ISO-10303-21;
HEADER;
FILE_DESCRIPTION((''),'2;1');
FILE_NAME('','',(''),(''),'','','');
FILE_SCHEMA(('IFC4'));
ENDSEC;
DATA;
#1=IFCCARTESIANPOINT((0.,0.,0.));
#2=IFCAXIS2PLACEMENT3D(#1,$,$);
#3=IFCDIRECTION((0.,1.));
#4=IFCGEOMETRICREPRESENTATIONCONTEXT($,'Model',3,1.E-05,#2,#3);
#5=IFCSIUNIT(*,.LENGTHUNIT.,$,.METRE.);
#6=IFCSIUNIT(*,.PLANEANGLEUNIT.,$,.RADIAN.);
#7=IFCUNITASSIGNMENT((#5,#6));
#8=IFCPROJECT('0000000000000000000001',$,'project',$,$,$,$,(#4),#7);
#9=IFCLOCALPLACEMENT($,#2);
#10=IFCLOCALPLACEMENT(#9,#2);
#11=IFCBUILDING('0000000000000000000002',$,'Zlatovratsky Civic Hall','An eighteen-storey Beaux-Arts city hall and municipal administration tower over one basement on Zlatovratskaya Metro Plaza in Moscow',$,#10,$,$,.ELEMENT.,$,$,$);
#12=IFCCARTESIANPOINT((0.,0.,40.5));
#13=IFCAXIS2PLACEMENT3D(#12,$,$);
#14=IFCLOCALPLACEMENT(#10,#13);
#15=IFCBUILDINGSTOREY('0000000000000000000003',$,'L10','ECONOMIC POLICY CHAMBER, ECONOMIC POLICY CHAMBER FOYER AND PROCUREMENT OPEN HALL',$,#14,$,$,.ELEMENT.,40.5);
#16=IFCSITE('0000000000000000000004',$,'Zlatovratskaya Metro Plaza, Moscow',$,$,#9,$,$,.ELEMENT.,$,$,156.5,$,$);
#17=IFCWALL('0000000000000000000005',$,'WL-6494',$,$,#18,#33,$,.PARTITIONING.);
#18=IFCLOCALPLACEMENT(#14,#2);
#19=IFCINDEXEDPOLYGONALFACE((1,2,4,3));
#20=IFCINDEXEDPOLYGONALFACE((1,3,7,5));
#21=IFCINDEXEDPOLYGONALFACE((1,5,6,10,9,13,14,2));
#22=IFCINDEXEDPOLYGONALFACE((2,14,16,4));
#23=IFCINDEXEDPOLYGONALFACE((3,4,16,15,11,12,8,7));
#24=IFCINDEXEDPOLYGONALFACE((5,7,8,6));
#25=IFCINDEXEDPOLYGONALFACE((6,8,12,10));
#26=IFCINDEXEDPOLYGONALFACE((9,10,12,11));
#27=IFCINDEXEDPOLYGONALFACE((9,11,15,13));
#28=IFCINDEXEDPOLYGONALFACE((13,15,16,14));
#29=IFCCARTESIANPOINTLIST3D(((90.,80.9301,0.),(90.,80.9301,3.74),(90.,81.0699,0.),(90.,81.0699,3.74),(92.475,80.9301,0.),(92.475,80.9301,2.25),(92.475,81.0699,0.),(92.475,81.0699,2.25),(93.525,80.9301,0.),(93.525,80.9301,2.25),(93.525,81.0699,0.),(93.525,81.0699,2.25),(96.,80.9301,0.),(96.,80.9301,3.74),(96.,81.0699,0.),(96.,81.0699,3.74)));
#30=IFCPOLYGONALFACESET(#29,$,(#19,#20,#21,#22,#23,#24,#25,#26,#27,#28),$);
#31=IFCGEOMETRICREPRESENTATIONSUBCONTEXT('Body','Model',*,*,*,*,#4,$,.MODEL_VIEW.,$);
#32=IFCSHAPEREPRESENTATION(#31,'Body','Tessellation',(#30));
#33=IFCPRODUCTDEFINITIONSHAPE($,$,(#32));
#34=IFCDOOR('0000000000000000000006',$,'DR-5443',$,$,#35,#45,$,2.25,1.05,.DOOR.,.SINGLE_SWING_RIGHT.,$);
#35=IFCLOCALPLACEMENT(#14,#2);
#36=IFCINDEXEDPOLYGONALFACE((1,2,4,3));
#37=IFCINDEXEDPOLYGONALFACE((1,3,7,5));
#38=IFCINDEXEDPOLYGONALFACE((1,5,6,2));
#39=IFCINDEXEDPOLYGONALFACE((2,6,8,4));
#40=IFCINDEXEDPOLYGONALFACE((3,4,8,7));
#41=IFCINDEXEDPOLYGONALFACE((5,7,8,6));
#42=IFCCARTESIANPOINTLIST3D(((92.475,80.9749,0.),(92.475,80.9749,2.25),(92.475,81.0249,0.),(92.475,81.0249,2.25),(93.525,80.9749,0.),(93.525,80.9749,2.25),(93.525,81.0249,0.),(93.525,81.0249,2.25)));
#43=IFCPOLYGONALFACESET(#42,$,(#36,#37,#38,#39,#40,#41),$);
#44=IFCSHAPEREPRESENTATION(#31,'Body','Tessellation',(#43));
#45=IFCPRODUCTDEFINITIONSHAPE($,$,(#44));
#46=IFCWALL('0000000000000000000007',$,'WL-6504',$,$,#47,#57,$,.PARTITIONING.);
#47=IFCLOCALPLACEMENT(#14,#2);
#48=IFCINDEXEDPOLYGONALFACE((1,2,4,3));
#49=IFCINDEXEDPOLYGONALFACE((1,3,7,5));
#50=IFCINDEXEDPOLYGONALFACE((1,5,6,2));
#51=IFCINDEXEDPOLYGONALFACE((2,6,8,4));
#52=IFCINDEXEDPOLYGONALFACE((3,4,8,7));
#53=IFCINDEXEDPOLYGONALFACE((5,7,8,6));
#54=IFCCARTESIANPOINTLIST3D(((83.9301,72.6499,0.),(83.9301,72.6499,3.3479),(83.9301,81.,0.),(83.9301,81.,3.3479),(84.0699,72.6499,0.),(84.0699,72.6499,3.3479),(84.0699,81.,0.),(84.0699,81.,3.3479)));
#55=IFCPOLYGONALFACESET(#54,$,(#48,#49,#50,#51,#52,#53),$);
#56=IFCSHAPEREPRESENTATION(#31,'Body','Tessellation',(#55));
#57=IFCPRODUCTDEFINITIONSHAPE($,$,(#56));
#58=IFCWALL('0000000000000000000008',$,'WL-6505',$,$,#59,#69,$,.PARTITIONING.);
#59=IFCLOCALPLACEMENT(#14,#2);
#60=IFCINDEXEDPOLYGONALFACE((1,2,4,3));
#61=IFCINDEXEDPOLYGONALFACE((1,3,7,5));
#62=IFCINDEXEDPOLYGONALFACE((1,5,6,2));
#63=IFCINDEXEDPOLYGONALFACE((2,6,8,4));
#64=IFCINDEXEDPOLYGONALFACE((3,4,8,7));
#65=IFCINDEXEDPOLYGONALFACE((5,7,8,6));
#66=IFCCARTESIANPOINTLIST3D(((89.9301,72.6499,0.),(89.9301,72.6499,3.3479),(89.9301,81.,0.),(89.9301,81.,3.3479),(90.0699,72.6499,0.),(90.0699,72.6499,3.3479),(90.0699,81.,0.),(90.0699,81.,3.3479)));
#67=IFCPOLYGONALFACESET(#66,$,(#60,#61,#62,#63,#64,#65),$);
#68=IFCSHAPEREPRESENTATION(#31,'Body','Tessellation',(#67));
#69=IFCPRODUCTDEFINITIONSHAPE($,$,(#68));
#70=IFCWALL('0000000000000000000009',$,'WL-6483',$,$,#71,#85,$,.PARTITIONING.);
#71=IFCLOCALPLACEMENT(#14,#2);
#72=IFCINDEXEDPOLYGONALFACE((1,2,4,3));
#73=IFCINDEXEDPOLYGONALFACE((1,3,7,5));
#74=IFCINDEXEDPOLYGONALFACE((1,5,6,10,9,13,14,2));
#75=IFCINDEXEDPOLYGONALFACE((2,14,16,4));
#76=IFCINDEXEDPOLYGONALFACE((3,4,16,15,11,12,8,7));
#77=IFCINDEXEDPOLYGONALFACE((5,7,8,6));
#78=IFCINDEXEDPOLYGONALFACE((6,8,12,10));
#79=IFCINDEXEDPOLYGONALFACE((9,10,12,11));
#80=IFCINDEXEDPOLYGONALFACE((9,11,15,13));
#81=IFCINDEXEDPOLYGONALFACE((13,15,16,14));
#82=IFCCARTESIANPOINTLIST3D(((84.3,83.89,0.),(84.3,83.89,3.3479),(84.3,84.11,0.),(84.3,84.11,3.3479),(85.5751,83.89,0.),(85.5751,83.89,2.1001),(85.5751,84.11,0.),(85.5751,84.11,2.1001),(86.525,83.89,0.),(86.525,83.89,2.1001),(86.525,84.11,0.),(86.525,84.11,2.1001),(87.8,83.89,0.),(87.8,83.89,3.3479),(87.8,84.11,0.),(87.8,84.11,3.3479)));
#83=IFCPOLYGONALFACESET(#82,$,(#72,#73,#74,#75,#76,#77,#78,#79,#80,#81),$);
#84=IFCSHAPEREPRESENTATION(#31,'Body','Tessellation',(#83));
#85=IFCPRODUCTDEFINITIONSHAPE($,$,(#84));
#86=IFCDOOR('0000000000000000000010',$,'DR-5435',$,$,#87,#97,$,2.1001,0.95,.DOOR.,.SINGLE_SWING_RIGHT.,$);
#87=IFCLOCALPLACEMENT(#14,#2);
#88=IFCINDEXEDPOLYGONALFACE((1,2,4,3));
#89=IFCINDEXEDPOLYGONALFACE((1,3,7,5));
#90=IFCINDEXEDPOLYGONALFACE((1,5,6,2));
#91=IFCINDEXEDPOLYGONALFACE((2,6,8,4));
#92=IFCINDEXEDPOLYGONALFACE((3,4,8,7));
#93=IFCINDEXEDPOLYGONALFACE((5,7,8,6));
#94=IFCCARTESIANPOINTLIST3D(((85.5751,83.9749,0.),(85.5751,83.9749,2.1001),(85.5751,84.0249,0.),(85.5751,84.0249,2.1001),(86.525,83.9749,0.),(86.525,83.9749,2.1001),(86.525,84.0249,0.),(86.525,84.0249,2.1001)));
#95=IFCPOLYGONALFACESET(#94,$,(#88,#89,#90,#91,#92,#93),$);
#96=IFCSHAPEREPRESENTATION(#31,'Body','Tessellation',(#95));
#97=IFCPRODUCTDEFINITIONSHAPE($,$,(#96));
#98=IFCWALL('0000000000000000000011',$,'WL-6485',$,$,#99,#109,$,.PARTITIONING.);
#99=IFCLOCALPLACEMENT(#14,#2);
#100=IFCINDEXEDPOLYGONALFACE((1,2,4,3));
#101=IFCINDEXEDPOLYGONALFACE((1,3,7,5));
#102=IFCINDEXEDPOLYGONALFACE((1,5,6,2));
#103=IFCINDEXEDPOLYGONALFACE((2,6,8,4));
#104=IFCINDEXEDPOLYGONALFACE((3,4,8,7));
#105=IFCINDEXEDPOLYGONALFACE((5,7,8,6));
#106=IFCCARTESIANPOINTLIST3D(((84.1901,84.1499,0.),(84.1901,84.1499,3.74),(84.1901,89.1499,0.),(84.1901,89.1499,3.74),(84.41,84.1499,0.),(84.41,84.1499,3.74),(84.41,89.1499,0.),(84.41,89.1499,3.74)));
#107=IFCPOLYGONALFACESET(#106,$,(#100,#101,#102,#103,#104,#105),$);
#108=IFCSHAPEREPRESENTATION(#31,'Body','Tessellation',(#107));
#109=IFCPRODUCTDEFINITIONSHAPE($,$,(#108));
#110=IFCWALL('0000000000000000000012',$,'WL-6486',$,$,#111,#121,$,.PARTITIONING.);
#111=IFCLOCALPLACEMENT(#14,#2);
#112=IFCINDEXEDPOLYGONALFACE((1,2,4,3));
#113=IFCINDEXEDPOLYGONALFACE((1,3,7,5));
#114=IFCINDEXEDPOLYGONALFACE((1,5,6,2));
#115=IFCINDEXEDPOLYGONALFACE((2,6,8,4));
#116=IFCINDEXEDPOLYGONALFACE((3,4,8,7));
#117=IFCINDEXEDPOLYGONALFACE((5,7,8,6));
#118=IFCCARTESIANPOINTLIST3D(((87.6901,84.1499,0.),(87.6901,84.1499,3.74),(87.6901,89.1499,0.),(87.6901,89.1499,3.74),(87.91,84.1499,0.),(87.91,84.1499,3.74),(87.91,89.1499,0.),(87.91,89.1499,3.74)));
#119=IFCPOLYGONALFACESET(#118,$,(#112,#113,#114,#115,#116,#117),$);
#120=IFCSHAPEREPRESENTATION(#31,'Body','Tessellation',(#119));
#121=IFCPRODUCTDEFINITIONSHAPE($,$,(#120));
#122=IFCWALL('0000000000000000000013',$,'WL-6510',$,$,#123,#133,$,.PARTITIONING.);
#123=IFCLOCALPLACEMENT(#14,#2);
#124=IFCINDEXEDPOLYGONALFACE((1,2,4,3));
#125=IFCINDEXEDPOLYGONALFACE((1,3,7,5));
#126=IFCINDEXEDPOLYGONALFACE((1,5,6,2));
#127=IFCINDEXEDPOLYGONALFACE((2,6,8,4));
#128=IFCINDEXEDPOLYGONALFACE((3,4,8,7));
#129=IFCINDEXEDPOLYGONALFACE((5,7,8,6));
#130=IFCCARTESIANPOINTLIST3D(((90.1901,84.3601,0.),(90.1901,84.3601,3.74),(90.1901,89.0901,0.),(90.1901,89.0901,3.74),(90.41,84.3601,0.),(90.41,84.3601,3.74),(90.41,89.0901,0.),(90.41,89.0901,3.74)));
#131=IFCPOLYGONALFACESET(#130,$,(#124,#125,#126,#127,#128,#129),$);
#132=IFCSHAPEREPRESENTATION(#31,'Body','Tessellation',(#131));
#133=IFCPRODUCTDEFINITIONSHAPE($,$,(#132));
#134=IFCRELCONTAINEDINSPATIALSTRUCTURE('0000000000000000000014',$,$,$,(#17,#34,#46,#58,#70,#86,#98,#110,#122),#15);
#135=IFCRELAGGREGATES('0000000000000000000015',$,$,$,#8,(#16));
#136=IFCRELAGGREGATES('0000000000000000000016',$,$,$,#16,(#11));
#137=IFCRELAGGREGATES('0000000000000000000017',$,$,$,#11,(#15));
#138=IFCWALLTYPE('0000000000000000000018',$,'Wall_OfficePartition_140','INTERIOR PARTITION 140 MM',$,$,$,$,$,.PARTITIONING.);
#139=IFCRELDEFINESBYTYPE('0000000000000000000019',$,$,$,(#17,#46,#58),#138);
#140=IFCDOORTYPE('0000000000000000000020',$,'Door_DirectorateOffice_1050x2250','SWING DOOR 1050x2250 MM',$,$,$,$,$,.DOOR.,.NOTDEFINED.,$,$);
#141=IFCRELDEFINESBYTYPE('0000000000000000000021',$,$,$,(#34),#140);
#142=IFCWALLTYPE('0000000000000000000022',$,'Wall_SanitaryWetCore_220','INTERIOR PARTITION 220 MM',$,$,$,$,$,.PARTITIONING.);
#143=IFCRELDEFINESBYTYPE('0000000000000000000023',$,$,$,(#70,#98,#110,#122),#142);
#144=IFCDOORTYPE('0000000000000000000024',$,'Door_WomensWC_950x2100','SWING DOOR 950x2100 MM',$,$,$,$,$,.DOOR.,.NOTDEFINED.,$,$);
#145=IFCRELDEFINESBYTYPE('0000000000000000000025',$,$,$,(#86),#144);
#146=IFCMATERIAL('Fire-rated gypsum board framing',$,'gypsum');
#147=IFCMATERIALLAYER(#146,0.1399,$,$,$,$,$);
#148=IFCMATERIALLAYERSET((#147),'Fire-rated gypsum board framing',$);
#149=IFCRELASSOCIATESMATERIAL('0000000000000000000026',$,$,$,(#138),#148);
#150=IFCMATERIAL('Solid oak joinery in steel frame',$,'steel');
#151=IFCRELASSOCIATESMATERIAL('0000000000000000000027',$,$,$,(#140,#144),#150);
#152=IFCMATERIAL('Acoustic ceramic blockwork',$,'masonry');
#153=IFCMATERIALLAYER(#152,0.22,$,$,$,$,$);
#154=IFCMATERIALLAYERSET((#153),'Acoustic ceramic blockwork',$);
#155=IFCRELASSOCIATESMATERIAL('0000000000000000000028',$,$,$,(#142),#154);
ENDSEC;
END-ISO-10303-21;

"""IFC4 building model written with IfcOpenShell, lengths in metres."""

from ifc_helpers import new_model, si_unit, direction, frame, frame_2d, origin, place, context, subcontext, project, spatial, rectangle, extrude, material, layer, layer_set, type_object, element, fill, save


model = new_model("IFC4")

# Units and contexts
model_context = context("Model", 3, precision=1e-05, world=origin(), true_north=direction((0.0, 1.0)))
body_context = subcontext(model_context, "Body", "Model", "MODEL_VIEW")
ifc_project = project(units=[si_unit("LENGTHUNIT", "METRE"), si_unit("PLANEANGLEUNIT", "RADIAN")], contexts=[model_context])

# Site, building, storey
site_placement = place(None, origin())
site = spatial("IfcSite", under=ifc_project, at=site_placement, Name="Zlatovratskaya Metro Plaza, Moscow", CompositionType="ELEMENT", RefElevation=156.5)
building_placement = place(site_placement, origin())
building = spatial("IfcBuilding", under=site, at=building_placement, Name="Zlatovratsky Civic Hall", Description="An eighteen-storey Beaux-Arts city hall and municipal administration tower over one basement on Zlatovratskaya Metro Plaza in Moscow", CompositionType="ELEMENT")
storey_placement = place(building_placement, frame((0.0, 0.0, 40.5)))
storey = spatial("IfcBuildingStorey", under=building, at=storey_placement, Name="L10", Description="ECONOMIC POLICY CHAMBER, ECONOMIC POLICY CHAMBER FOYER AND PROCUREMENT OPEN HALL", CompositionType="ELEMENT", Elevation=40.5)

# Wall, opening, door
ifc_material_1 = material(Name="Fire-rated gypsum board framing", Category="gypsum")
ifc_layer_1 = layer(ifc_material_1, 0.1399)
ifc_layer_set_1 = layer_set([ifc_layer_1], Name="Fire-rated gypsum board framing")
wall_type_1 = type_object("IfcWallType", Name="Wall_OfficePartition_140", Description="INTERIOR PARTITION 140 MM", PredefinedType="PARTITIONING", material=ifc_layer_set_1)
ifc_material_2 = material(Name="Solid oak joinery in steel frame", Category="steel")
door_type_1 = type_object("IfcDoorType", Name="Door_DirectorateOffice_1050x2250", Description="SWING DOOR 1050x2250 MM", OperationType="NOTDEFINED", PredefinedType="DOOR", material=ifc_material_2)
wall_1_placement = place(storey_placement, frame((90.0, 81.0, 0.0), z_axis=(0.0, 0.0, 1.0), x_axis=(1.0, 0.0, 0.0)))
wall_1 = element("IfcWall", 1, at=wall_1_placement, inside=storey, type_object=wall_type_1, Name="WL-6494", PredefinedType="PARTITIONING", context=body_context, shape_type="SweptSolid", body=[
    extrude(rectangle(XDim=6.0, YDim=0.1399, at=frame_2d((3.0, 0.0))), origin(), (0.0, 0.0, 1.0), 3.74),
])
opening_1_placement = place(wall_1_placement, frame((2.4751, 0.0, 0.0)))
opening_1 = element("IfcOpeningElement", 2, at=opening_1_placement, cuts=wall_1, PredefinedType="OPENING", context=body_context, shape_type="SweptSolid", body=[
    extrude(rectangle(XDim=1.05, YDim=2.25, at=frame_2d((0.5249, 1.125))), frame((0.0, 0.085, 0.0), z_axis=(0.0, -1.0, 0.0), x_axis=(1.0, 0.0, 0.0)), (0.0, 0.0, 1.0), 0.1697),
])
door_1_placement = place(opening_1_placement, origin())
door_1 = element("IfcDoor", 3, at=door_1_placement, inside=storey, type_object=door_type_1, Name="DR-5443", OperationType="SINGLE_SWING_RIGHT", OverallHeight=2.25, OverallWidth=1.05, PredefinedType="DOOR", context=body_context, shape_type="SweptSolid", body=[
    extrude(rectangle(XDim=1.05, YDim=2.25, at=frame_2d((0.5249, 1.125))), frame((0.0, 0.0249, 0.0), z_axis=(0.0, -1.0, 0.0), x_axis=(1.0, 0.0, 0.0)), (0.0, 0.0, 1.0), 0.05),
])
fill(opening_1, door_1)

# Walls
for number, where, z_axis, x_axis, name in (
    (4, (84.0, 72.6499, 0.0), (0.0, 0.0, 1.0), (0.0, 1.0, 0.0), "WL-6504"),
    (5, (90.0, 72.6499, 0.0), (0.0, 0.0, 1.0), (0.0, 1.0, 0.0), "WL-6505"),
):
    element("IfcWall", number, at=place(storey_placement, frame(where, z_axis=z_axis, x_axis=x_axis)), inside=storey, type_object=wall_type_1, Name=name, PredefinedType="PARTITIONING", context=body_context, shape_type="SweptSolid", body=[
        extrude(rectangle(XDim=8.3501, YDim=0.1399, at=frame_2d((4.175, 0.0))), origin(), (0.0, 0.0, 1.0), 3.3479),
    ])

# Wall, opening, door
ifc_material_3 = material(Name="Acoustic ceramic blockwork", Category="masonry")
ifc_layer_2 = layer(ifc_material_3, 0.22)
ifc_layer_set_2 = layer_set([ifc_layer_2], Name="Acoustic ceramic blockwork")
wall_type_2 = type_object("IfcWallType", Name="Wall_SanitaryWetCore_220", Description="INTERIOR PARTITION 220 MM", PredefinedType="PARTITIONING", material=ifc_layer_set_2)
wall_2_placement = place(storey_placement, frame((84.3, 84.0, 0.0), z_axis=(0.0, 0.0, 1.0), x_axis=(1.0, 0.0, 0.0)))
wall_2 = element("IfcWall", 6, at=wall_2_placement, inside=storey, type_object=wall_type_2, Name="WL-6483", PredefinedType="PARTITIONING", context=body_context, shape_type="SweptSolid", body=[
    extrude(rectangle(XDim=3.5, YDim=0.22, at=frame_2d((1.75, 0.0))), origin(), (0.0, 0.0, 1.0), 3.3479),
])
opening_2_placement = place(wall_2_placement, frame((1.2749, 0.0, 0.0)))
opening_2 = element("IfcOpeningElement", 7, at=opening_2_placement, cuts=wall_2, PredefinedType="OPENING", context=body_context, shape_type="SweptSolid", body=[
    extrude(rectangle(XDim=0.95, YDim=2.1001, at=frame_2d((0.4751, 1.05))), frame((0.0, 0.125, 0.0), z_axis=(0.0, -1.0, 0.0), x_axis=(1.0, 0.0, 0.0)), (0.0, 0.0, 1.0), 0.2498),
])
door_type_2 = type_object("IfcDoorType", Name="Door_WomensWC_950x2100", Description="SWING DOOR 950x2100 MM", OperationType="NOTDEFINED", PredefinedType="DOOR", material=ifc_material_2)
door_2_placement = place(opening_2_placement, origin())
door_2 = element("IfcDoor", 8, at=door_2_placement, inside=storey, type_object=door_type_2, Name="DR-5435", OperationType="SINGLE_SWING_RIGHT", OverallHeight=2.1001, OverallWidth=0.95, PredefinedType="DOOR", context=body_context, shape_type="SweptSolid", body=[
    extrude(rectangle(XDim=0.95, YDim=2.1001, at=frame_2d((0.4751, 1.05))), frame((0.0, 0.0249, 0.0), z_axis=(0.0, -1.0, 0.0), x_axis=(1.0, 0.0, 0.0)), (0.0, 0.0, 1.0), 0.05),
])
fill(opening_2, door_2)

# Walls
for number, where, z_axis, x_axis, name in (
    (9, (84.3, 84.1499, 0.0), (0.0, 0.0, 1.0), (0.0, 1.0, 0.0), "WL-6485"),
    (10, (87.8, 84.1499, 0.0), (0.0, 0.0, 1.0), (0.0, 1.0, 0.0), "WL-6486"),
):
    element("IfcWall", number, at=place(storey_placement, frame(where, z_axis=z_axis, x_axis=x_axis)), inside=storey, type_object=wall_type_2, Name=name, PredefinedType="PARTITIONING", context=body_context, shape_type="SweptSolid", body=[
        extrude(rectangle(XDim=5.0, YDim=0.22, at=frame_2d((2.5, 0.0))), origin(), (0.0, 0.0, 1.0), 3.74),
    ])
wall_3_placement = place(storey_placement, frame((90.3, 84.3601, 0.0), z_axis=(0.0, 0.0, 1.0), x_axis=(0.0, 1.0, 0.0)))
element("IfcWall", 11, at=wall_3_placement, inside=storey, type_object=wall_type_2, Name="WL-6510", PredefinedType="PARTITIONING", context=body_context, shape_type="SweptSolid", body=[
    extrude(rectangle(XDim=4.73, YDim=0.22, at=frame_2d((2.365, 0.0))), origin(), (0.0, 0.0, 1.0), 3.74),
])

save(model, "model.ifc")
